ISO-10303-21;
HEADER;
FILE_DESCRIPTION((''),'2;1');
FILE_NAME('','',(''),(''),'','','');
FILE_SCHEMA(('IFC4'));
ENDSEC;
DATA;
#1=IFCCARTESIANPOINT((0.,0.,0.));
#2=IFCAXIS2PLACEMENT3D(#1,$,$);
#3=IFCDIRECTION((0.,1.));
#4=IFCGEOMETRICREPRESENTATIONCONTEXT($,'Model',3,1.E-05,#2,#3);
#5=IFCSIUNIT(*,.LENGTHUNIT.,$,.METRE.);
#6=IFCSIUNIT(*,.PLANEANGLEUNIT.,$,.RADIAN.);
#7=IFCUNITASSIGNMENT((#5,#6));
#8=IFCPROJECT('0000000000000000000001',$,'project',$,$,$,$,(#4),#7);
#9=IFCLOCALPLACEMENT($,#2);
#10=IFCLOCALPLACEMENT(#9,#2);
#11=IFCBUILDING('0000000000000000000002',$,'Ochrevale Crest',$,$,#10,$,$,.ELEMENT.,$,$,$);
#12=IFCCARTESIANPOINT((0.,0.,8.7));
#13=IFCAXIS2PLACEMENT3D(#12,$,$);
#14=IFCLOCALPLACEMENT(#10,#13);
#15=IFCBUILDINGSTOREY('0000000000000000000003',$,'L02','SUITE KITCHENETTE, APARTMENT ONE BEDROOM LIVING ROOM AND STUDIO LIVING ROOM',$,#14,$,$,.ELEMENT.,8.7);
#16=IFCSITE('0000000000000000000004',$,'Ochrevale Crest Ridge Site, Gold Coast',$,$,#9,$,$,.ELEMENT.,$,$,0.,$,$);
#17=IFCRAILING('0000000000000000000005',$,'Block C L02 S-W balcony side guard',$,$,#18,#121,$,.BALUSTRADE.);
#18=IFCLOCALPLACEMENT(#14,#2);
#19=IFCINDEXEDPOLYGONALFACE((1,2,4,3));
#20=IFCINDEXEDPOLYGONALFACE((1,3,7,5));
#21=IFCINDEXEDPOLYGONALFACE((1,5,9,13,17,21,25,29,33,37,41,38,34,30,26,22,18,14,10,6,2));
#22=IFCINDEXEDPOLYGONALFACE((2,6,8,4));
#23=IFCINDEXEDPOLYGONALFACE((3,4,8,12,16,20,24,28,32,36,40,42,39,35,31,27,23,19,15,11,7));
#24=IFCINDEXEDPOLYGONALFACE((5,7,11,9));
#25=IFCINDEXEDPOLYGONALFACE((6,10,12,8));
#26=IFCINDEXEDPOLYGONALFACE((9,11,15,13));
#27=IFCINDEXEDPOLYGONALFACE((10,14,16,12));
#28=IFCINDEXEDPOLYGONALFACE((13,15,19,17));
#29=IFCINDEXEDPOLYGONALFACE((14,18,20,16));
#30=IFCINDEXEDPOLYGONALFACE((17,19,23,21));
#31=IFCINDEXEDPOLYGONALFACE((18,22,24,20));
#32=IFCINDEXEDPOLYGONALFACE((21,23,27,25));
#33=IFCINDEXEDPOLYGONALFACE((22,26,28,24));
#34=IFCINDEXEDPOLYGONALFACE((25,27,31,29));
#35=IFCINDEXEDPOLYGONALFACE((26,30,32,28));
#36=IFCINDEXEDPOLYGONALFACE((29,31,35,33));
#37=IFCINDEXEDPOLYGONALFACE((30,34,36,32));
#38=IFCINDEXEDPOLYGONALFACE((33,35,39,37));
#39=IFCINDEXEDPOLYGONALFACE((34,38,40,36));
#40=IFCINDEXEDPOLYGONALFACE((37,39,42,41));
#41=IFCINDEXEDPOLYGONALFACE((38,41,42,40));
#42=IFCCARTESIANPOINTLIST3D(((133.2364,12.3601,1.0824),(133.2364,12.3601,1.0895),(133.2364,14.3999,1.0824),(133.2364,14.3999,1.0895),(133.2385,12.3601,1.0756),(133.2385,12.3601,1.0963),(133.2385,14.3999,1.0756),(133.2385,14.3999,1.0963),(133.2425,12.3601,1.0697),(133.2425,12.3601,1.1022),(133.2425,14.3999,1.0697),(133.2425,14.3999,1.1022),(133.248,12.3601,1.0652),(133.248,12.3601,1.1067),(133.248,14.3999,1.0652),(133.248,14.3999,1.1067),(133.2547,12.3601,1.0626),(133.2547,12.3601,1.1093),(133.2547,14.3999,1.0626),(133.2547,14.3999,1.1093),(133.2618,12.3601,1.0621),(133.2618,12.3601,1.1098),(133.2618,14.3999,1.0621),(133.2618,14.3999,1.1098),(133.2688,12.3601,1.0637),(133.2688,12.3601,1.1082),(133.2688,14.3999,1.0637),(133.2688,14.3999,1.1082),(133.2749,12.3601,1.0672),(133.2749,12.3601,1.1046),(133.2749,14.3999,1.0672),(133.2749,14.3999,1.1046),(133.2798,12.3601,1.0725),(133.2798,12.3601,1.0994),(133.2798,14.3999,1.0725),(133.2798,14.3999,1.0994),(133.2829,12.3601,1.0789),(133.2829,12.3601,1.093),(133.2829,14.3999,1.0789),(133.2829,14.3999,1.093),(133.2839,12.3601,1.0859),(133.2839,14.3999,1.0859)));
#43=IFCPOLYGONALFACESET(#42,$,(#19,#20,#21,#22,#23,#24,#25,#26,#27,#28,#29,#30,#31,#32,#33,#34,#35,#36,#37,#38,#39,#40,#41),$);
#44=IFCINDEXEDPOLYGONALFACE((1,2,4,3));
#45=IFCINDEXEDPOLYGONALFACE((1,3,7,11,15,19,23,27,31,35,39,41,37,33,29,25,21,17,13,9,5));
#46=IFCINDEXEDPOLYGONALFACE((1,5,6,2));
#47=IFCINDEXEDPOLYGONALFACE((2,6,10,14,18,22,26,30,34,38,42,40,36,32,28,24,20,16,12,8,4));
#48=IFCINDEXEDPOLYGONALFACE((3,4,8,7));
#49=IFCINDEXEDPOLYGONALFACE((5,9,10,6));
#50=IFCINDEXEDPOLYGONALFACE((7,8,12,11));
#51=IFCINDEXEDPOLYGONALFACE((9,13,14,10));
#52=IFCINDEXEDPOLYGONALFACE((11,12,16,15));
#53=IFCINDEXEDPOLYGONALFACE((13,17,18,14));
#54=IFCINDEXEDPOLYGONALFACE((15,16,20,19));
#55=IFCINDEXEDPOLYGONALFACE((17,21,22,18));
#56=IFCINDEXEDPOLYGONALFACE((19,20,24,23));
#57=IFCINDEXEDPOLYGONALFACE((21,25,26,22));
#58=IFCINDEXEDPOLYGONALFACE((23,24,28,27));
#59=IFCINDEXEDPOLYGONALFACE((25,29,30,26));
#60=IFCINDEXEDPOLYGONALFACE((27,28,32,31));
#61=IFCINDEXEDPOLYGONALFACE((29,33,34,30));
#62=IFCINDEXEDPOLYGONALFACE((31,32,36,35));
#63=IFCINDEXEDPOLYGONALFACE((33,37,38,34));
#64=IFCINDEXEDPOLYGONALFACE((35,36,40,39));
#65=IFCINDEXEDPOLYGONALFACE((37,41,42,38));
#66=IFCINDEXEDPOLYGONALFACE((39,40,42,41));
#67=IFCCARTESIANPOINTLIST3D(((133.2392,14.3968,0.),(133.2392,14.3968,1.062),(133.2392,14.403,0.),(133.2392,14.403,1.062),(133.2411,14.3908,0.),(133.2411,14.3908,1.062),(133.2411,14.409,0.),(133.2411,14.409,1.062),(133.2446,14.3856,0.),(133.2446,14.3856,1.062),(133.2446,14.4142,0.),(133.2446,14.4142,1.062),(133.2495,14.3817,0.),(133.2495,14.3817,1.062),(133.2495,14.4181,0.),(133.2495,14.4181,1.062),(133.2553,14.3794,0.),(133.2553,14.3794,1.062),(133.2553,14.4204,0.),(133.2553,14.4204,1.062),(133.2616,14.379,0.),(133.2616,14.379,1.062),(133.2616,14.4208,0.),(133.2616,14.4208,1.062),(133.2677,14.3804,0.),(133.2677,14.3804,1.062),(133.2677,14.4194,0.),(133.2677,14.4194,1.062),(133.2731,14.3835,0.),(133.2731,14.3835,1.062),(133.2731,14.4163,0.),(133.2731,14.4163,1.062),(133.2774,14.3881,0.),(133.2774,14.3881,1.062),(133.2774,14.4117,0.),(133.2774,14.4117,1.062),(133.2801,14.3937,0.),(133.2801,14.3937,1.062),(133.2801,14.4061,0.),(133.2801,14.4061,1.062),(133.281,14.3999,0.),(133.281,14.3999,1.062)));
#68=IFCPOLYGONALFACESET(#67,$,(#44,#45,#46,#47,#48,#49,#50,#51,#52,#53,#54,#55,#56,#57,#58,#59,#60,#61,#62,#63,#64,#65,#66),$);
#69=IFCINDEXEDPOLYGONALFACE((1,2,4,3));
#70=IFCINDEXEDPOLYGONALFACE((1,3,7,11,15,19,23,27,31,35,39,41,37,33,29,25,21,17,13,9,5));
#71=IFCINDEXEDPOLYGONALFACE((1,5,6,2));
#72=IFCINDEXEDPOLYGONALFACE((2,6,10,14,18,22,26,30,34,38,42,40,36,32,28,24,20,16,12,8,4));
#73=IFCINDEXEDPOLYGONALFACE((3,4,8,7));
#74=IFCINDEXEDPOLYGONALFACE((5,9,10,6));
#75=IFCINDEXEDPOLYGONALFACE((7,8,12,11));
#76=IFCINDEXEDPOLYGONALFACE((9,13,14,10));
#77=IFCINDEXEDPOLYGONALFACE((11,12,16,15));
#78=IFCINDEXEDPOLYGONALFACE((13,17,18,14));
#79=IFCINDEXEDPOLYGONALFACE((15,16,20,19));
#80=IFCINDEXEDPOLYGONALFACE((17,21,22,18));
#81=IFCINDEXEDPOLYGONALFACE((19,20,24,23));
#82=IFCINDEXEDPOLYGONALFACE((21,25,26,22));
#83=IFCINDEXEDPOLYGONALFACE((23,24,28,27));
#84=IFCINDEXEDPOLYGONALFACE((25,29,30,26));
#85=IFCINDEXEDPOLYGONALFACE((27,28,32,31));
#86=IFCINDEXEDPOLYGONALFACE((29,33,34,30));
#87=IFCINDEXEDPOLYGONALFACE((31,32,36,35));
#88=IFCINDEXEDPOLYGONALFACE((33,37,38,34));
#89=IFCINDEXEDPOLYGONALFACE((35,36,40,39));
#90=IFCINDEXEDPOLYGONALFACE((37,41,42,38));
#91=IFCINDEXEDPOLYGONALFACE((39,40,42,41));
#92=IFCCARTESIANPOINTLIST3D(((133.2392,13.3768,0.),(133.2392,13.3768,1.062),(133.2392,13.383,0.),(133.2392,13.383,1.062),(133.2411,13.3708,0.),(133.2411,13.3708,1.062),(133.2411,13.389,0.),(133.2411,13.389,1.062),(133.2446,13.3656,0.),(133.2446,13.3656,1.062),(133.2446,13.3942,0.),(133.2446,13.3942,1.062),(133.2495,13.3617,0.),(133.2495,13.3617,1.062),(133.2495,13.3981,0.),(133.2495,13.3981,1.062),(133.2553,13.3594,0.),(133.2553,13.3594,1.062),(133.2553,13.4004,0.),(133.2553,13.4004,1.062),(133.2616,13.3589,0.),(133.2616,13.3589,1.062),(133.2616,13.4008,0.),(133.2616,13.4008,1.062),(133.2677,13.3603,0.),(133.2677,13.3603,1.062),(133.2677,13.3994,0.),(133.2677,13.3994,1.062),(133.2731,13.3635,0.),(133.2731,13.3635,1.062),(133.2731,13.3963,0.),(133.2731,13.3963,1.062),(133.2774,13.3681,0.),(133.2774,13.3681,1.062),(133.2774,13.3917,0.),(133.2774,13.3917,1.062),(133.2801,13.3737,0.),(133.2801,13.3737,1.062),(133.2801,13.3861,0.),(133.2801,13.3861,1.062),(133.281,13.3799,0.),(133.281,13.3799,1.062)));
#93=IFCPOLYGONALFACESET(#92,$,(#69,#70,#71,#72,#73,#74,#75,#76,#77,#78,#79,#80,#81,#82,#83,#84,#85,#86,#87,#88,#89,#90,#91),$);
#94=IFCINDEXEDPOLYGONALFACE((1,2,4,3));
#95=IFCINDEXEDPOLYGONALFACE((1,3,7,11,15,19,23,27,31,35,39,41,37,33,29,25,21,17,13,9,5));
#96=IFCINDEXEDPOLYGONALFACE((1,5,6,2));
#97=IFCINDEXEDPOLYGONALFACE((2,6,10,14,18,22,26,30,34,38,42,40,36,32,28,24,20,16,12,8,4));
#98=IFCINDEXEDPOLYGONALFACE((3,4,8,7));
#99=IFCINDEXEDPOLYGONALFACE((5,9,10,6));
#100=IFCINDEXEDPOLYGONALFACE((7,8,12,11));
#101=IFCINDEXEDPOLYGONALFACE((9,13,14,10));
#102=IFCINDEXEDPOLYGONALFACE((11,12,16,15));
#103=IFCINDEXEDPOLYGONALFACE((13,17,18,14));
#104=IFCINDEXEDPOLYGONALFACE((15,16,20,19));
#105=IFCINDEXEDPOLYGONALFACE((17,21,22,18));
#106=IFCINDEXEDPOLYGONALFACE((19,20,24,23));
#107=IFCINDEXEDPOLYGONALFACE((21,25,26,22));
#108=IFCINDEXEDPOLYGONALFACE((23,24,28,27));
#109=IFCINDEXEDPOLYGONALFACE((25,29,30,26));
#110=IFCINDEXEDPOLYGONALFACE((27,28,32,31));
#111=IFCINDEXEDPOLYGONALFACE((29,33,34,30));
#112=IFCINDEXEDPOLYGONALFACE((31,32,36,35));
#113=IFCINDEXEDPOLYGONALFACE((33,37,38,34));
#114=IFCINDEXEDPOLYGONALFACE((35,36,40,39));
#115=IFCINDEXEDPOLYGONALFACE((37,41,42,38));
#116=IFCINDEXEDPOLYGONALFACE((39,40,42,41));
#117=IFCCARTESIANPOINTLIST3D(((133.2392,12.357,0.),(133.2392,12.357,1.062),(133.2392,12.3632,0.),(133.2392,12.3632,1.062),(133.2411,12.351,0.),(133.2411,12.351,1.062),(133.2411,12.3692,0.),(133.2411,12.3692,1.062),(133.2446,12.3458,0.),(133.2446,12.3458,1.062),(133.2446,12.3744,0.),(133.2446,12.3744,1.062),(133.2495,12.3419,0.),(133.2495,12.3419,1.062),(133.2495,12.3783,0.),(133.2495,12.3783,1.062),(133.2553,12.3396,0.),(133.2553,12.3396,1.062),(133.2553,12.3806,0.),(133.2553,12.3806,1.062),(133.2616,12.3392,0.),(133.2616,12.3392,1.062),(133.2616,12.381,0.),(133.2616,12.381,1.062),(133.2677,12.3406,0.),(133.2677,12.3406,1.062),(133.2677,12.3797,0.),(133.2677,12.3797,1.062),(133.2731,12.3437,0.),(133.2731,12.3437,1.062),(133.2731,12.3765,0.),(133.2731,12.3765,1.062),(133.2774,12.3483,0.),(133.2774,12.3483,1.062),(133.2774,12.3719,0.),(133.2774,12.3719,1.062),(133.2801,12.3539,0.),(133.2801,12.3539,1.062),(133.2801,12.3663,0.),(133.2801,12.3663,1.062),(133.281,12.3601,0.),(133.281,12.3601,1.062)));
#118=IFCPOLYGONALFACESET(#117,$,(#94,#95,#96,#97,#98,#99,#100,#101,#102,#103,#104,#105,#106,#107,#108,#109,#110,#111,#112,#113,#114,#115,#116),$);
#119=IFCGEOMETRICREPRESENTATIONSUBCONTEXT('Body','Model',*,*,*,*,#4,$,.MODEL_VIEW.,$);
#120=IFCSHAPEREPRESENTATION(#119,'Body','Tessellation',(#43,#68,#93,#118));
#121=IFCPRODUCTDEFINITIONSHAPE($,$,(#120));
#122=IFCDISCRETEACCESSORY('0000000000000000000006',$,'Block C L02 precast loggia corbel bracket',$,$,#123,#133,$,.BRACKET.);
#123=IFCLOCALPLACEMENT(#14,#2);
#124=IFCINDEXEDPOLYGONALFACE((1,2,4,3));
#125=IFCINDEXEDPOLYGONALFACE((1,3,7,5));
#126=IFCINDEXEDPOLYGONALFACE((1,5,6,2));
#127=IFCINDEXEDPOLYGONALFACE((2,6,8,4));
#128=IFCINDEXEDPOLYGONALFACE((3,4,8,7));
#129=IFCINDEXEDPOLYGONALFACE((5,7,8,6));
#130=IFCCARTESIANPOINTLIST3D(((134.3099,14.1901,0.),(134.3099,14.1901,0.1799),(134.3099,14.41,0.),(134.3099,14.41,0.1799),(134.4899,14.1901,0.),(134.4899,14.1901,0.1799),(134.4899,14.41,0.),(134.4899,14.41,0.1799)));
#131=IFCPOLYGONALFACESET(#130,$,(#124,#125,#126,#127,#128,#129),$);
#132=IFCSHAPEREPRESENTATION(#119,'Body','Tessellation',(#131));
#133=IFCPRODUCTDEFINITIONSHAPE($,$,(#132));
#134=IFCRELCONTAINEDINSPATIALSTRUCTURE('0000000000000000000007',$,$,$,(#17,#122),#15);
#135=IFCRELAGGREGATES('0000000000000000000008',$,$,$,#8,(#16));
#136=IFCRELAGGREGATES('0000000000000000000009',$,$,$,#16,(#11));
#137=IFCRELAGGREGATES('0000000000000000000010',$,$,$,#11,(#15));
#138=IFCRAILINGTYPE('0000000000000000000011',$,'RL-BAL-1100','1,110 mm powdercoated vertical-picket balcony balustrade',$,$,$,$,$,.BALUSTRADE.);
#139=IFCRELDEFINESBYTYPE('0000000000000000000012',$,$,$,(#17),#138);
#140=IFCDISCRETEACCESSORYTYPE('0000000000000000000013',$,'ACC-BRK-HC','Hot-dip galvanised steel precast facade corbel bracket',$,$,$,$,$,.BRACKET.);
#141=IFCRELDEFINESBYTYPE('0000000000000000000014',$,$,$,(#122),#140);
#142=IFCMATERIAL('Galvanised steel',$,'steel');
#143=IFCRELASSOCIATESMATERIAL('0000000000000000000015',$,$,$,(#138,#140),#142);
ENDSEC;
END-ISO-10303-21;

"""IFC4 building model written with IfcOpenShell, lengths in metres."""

from ifc_helpers import new_model, si_unit, direction, frame, origin, origin_2d, place, context, subcontext, project, spatial, rectangle, circle, extrude, material, type_object, element, save


model = new_model("IFC4")

# Units and contexts
model_context = context("Model", 3, precision=1e-05, world=origin(), true_north=direction((0.0, 1.0)))
body_context = subcontext(model_context, "Body", "Model", "MODEL_VIEW")
ifc_project = project(units=[si_unit("LENGTHUNIT", "METRE"), si_unit("PLANEANGLEUNIT", "RADIAN")], contexts=[model_context])

# Site, building, storey
site_placement = place(None, origin())
site = spatial("IfcSite", under=ifc_project, at=site_placement, Name="Ochrevale Crest Ridge Site, Gold Coast", CompositionType="ELEMENT", RefElevation=0.0)
building_placement = place(site_placement, origin())
building = spatial("IfcBuilding", under=site, at=building_placement, Name="Ochrevale Crest", CompositionType="ELEMENT")
storey_placement = place(building_placement, frame((0.0, 0.0, 8.7)))
storey = spatial("IfcBuildingStorey", under=building, at=storey_placement, Name="L02", Description="SUITE KITCHENETTE, APARTMENT ONE BEDROOM LIVING ROOM AND STUDIO LIVING ROOM", CompositionType="ELEMENT", Elevation=8.7)

# Railing
ifc_material_1 = material(Name="Galvanised steel", Category="steel")
railing_type = type_object("IfcRailingType", Name="RL-BAL-1100", Description="1,110 mm powdercoated vertical-picket balcony balustrade", PredefinedType="BALUSTRADE", material=ifc_material_1)
railing_1_placement = place(storey_placement, frame((133.26, 14.3999, 0.0)))
element("IfcRailing", 1, at=railing_1_placement, inside=storey, type_object=railing_type, Name="Block C L02 S-W balcony side guard", PredefinedType="BALUSTRADE", context=body_context, shape_type="SweptSolid", body=[
    extrude(circle(Radius=0.0239, at=origin_2d()), frame((0.0, 0.0, 1.0859), z_axis=(0.0, -1.0, 0.0), x_axis=(1.0, 0.0, 0.0)), (0.0, 0.0, 1.0), 2.0398),
    extrude(circle(Radius=0.021, at=origin_2d()), origin(), (0.0, 0.0, 1.0), 1.062),
    extrude(circle(Radius=0.021, at=origin_2d()), frame((0.0, -1.02, 0.0)), (0.0, 0.0, 1.0), 1.062),
    extrude(circle(Radius=0.021, at=origin_2d()), frame((0.0, -2.0398, 0.0)), (0.0, 0.0, 1.0), 1.062),
])

# Discrete accessory
discrete_accessory_type = type_object("IfcDiscreteAccessoryType", Name="ACC-BRK-HC", Description="Hot-dip galvanised steel precast facade corbel bracket", PredefinedType="BRACKET", material=ifc_material_1)
discrete_accessory_placement = place(storey_placement, frame((134.3999, 14.3, 0.0), z_axis=(0.0, 0.0, 1.0), x_axis=(1.0, 0.0, 0.0)))
element("IfcDiscreteAccessory", 2, at=discrete_accessory_placement, inside=storey, type_object=discrete_accessory_type, Name="Block C L02 precast loggia corbel bracket", PredefinedType="BRACKET", context=body_context, shape_type="SweptSolid", body=[
    extrude(rectangle(XDim=0.1799, YDim=0.22, at=origin_2d()), origin(), (0.0, 0.0, 1.0), 0.1799),
])

save(model, "model.ifc")
